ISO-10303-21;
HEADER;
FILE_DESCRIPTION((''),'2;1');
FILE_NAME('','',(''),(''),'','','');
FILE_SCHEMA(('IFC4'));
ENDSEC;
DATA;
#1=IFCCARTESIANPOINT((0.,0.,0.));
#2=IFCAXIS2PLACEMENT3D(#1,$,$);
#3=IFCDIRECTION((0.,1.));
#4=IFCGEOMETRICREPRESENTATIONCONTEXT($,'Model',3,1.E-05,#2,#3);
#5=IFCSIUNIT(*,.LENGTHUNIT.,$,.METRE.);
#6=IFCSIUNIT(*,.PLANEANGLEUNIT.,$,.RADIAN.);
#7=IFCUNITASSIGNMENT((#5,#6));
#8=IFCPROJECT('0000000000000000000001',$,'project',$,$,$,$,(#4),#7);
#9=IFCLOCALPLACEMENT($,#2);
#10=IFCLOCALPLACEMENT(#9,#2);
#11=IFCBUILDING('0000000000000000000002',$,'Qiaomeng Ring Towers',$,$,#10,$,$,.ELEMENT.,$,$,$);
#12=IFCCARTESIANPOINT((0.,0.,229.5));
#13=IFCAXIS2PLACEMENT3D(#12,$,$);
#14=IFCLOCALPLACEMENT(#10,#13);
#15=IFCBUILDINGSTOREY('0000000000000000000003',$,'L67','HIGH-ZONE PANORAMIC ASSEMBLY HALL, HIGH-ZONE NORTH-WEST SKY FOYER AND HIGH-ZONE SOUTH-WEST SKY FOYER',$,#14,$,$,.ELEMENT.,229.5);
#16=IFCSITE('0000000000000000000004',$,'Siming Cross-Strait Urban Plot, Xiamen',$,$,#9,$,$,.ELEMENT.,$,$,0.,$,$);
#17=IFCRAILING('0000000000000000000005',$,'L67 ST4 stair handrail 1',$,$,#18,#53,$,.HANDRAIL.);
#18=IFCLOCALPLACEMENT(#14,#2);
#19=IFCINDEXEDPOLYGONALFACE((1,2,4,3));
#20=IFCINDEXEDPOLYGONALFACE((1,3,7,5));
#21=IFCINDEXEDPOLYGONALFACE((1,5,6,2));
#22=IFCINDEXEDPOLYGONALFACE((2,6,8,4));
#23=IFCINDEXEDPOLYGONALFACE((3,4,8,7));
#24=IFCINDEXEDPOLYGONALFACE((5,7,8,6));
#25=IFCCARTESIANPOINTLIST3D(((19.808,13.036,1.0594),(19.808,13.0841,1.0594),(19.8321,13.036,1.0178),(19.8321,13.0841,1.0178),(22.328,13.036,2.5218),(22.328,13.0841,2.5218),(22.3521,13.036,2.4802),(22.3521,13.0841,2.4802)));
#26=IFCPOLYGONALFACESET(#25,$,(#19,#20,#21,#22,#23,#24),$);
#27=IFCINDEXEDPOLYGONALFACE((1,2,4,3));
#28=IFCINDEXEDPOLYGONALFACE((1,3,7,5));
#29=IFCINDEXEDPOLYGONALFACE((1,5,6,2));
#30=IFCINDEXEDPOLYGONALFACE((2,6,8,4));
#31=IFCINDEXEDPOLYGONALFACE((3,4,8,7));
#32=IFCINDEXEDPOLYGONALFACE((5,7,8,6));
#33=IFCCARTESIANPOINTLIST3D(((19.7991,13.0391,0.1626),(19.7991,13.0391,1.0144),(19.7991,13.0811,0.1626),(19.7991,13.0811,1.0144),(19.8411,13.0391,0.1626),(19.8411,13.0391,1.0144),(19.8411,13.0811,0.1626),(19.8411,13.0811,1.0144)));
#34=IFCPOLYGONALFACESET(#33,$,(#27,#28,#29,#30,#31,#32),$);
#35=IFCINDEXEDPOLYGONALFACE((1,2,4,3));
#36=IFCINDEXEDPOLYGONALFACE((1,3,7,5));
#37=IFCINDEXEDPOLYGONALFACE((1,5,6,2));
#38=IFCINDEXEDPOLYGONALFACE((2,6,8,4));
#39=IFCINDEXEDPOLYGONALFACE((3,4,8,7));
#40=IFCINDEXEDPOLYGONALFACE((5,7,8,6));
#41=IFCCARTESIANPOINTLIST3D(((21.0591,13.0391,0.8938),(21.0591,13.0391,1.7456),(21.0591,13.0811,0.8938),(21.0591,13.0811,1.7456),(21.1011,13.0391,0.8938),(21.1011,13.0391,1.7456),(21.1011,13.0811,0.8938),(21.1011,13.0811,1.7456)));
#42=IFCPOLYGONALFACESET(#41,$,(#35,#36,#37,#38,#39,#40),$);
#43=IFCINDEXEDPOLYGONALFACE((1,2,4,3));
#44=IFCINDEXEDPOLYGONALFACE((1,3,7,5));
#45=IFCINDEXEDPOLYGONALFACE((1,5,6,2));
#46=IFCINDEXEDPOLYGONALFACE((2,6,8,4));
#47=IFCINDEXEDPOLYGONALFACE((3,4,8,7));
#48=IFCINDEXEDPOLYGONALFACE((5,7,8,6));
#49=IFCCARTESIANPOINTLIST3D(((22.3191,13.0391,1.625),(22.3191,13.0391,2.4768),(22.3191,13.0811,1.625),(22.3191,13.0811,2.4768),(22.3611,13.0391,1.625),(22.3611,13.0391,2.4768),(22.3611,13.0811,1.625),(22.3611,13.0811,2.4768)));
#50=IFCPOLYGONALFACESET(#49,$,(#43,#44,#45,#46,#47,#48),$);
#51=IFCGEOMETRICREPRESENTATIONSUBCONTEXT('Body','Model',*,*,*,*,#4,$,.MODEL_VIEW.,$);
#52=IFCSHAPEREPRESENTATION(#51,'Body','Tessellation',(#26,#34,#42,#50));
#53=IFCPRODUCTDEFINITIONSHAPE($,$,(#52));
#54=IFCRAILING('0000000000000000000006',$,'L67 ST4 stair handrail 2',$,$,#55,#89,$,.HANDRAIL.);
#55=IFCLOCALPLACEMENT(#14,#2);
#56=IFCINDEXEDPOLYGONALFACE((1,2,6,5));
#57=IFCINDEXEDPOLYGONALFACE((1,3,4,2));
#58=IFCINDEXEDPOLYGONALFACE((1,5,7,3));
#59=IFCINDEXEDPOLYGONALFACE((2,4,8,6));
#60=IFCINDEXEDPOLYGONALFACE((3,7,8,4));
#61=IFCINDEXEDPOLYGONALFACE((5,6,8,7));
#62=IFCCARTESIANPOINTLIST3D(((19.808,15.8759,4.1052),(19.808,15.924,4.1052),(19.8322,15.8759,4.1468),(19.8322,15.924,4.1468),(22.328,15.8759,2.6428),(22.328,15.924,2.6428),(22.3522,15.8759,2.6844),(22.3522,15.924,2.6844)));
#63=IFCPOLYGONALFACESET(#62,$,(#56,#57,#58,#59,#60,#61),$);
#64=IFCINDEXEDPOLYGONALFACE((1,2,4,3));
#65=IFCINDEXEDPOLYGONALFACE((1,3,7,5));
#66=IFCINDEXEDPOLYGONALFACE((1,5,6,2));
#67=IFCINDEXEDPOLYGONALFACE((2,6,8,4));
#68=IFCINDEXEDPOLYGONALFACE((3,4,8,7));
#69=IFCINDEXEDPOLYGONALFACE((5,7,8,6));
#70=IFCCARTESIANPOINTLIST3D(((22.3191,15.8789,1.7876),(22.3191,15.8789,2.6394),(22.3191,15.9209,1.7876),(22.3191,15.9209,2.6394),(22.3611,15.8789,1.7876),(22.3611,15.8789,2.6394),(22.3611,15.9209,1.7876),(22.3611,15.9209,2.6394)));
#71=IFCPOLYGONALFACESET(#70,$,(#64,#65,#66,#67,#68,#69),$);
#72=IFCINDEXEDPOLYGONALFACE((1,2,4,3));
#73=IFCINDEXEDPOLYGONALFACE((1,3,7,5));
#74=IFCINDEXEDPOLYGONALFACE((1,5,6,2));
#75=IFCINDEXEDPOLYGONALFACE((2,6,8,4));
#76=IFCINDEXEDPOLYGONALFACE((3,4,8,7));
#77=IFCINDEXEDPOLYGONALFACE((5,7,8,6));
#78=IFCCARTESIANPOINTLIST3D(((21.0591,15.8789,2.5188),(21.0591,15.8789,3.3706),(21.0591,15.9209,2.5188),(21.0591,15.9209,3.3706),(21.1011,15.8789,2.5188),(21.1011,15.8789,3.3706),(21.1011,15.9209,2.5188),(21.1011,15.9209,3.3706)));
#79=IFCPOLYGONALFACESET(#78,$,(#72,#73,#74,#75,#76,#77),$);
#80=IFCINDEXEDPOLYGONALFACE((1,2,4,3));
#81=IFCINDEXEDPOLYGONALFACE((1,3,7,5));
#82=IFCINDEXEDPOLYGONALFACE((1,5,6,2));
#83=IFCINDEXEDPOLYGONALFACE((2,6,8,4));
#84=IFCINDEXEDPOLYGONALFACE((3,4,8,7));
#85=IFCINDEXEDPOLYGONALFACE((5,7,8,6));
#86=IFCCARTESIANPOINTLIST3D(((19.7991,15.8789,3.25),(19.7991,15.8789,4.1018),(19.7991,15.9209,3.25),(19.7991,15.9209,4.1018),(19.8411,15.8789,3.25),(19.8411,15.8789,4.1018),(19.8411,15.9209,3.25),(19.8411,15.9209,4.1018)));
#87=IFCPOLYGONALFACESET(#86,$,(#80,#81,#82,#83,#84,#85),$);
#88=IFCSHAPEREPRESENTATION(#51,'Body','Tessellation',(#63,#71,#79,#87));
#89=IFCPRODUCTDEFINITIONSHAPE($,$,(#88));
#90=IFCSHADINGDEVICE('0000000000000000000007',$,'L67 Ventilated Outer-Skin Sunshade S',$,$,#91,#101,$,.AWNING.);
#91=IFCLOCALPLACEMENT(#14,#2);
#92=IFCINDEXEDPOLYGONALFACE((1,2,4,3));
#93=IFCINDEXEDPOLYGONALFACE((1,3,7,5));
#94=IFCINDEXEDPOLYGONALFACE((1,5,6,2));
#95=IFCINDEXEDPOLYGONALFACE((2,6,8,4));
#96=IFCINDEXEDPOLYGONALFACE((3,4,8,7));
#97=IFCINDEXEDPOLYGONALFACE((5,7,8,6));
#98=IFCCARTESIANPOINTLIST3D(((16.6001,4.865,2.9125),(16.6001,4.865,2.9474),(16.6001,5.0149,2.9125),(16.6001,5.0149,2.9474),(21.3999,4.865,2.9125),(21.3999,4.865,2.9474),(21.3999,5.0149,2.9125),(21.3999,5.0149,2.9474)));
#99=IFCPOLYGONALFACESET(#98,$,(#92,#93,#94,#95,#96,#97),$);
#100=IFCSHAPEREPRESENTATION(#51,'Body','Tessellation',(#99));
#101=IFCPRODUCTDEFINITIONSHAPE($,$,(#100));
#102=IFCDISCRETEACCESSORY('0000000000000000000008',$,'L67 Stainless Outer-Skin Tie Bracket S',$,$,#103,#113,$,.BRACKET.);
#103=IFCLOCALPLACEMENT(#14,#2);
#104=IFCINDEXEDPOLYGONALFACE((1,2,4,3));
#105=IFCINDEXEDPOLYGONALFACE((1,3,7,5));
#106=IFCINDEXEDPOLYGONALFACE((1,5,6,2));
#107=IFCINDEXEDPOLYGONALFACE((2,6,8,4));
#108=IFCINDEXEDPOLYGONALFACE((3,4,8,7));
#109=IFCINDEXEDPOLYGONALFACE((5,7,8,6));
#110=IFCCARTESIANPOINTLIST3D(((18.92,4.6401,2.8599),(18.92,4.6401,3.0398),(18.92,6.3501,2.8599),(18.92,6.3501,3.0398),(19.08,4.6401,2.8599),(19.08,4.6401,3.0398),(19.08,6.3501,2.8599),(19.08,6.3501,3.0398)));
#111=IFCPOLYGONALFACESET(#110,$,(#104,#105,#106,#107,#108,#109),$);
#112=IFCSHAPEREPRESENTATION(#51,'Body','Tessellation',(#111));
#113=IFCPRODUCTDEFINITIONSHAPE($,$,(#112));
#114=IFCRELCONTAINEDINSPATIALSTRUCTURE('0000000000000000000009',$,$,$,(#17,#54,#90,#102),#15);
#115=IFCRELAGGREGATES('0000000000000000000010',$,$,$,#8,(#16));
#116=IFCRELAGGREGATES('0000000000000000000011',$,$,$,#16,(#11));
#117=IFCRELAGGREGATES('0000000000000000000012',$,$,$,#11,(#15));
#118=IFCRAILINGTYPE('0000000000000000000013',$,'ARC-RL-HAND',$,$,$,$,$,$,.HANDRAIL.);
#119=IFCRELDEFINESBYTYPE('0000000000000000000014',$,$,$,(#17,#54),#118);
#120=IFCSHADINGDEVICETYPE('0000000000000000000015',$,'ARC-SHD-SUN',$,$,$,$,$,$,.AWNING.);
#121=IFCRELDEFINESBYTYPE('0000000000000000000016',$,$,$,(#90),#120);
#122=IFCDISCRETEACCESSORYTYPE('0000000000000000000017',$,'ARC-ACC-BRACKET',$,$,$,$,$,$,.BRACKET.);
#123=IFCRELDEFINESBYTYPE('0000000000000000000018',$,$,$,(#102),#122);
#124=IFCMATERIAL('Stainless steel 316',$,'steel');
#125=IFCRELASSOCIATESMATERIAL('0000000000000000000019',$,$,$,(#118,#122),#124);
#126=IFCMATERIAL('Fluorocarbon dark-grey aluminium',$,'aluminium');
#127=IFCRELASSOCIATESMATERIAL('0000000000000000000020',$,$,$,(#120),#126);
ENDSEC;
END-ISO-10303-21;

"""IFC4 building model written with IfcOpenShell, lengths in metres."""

from ifc_helpers import new_model, si_unit, direction, frame, origin, origin_2d, place, context, subcontext, project, spatial, rectangle, extrude, source, transform, mapped, material, material_profile, profile_set, type_object, element, save


model = new_model("IFC4")

# Units and contexts
model_context = context("Model", 3, precision=1e-05, world=origin(), true_north=direction((0.0, 1.0)))
body_context = subcontext(model_context, "Body", "Model", "MODEL_VIEW")
ifc_project = project(units=[si_unit("LENGTHUNIT", "METRE"), si_unit("PLANEANGLEUNIT", "RADIAN")], contexts=[model_context])

# Site, building, storey
site_placement = place(None, origin())
site = spatial("IfcSite", under=ifc_project, at=site_placement, Name="Siming Cross-Strait Urban Plot, Xiamen", CompositionType="ELEMENT", RefElevation=0.0)
building_placement = place(site_placement, origin())
building = spatial("IfcBuilding", under=site, at=building_placement, Name="Qiaomeng Ring Towers", CompositionType="ELEMENT")
storey_placement = place(building_placement, frame((0.0, 0.0, 229.5)))
storey = spatial("IfcBuildingStorey", under=building, at=storey_placement, Name="L67", Description="HIGH-ZONE PANORAMIC ASSEMBLY HALL, HIGH-ZONE NORTH-WEST SKY FOYER AND HIGH-ZONE SOUTH-WEST SKY FOYER", CompositionType="ELEMENT", Elevation=229.5)

# Shared definitions
ifc_material_1 = material(Name="Fluorocarbon dark-grey aluminium", Category="aluminium")

# Railings
ifc_material_2 = material(Name="Stainless steel 316", Category="steel")
railing_type_1 = type_object("IfcRailingType", Name="ARC-RL-HAND", PredefinedType="HANDRAIL", material=ifc_material_2)
railing_1_placement = place(storey_placement, frame((19.8201, 13.0601, 0.1626)))
element("IfcRailing", 1, at=railing_1_placement, inside=storey, type_object=railing_type_1, Name="L67 ST4 stair handrail 1", PredefinedType="HANDRAIL", context=body_context, shape_type="SweptSolid", body=[
    extrude(rectangle(XDim=0.0481, YDim=0.0481, at=origin_2d()), frame((0.0, 0.0, 0.876), z_axis=(0.864913, 0.0, 0.501921), x_axis=(0.0, 1.0, 0.0)), (0.0, 0.0, 1.0), 2.9136),
    extrude(rectangle(XDim=0.042, YDim=0.042, at=origin_2d()), origin(), (0.0, 0.0, 1.0), 0.8518),
    extrude(rectangle(XDim=0.042, YDim=0.042, at=origin_2d()), frame((1.26, 0.0, 0.7312)), (0.0, 0.0, 1.0), 0.8518),
    extrude(rectangle(XDim=0.042, YDim=0.042, at=origin_2d()), frame((2.52, 0.0, 1.4624)), (0.0, 0.0, 1.0), 0.8518),
])
railing_2_placement = place(storey_placement, frame((22.3401, 15.8999, 1.7876)))
element("IfcRailing", 2, at=railing_2_placement, inside=storey, type_object=railing_type_1, Name="L67 ST4 stair handrail 2", PredefinedType="HANDRAIL", context=body_context, shape_type="SweptSolid", body=[
    extrude(rectangle(XDim=0.0481, YDim=0.0481, at=origin_2d()), frame((0.0, 0.0, 0.876), z_axis=(-0.864913, 0.0, 0.501921), x_axis=(0.0, -1.0, 0.0)), (0.0, 0.0, 1.0), 2.9136),
    extrude(rectangle(XDim=0.042, YDim=0.042, at=origin_2d()), origin(), (0.0, 0.0, 1.0), 0.8518),
    extrude(rectangle(XDim=0.042, YDim=0.042, at=origin_2d()), frame((-1.26, 0.0, 0.7312)), (0.0, 0.0, 1.0), 0.8518),
    extrude(rectangle(XDim=0.042, YDim=0.042, at=origin_2d()), frame((-2.52, 0.0, 1.4624)), (0.0, 0.0, 1.0), 0.8518),
])

# Shading device
ifc_material_profile_1 = material_profile(ifc_material_1, rectangle(XDim=0.1499, YDim=0.0349, at=origin_2d()), Name="LV BLADE 150x35")
ifc_profile_set_1 = profile_set([ifc_material_profile_1], Name="Fluorocarbon dark-grey aluminium")
shading_device_type = type_object("IfcShadingDeviceType", Name="ARC-SHD-SUN", PredefinedType="AWNING", material=ifc_profile_set_1)
shared_shape_1 = source(origin(), body_context, "Body", "SweptSolid", [
    extrude(rectangle(XDim=0.1499, YDim=0.0349, at=origin_2d()), origin(), (0.0, 0.0, 1.0), 4.7998),
])
shading_device_placement = place(storey_placement, frame((16.6001, 4.9399, 2.9299), z_axis=(1.0, 0.0, 0.0), x_axis=(0.0, 1.0, 0.0)))
element("IfcShadingDevice", 3, at=shading_device_placement, inside=storey, type_object=shading_device_type, Name="L67 Ventilated Outer-Skin Sunshade S", PredefinedType="AWNING", context=body_context, shape_type="MappedRepresentation", body=[
    mapped(shared_shape_1, transform((0.0, 0.0, 0.0), x_axis=(1.0, 0.0, 0.0), y_axis=(0.0, 1.0, 0.0), z_axis=(0.0, 0.0, 1.0), scale=1.0)),
])

# Discrete accessory
discrete_accessory_type = type_object("IfcDiscreteAccessoryType", Name="ARC-ACC-BRACKET", PredefinedType="BRACKET", material=ifc_material_2)
shared_shape_2 = source(origin(), body_context, "Body", "SweptSolid", [
    extrude(rectangle(XDim=0.1599, YDim=1.71, at=origin_2d()), origin(), (0.0, 0.0, 1.0), 0.1799),
])
discrete_accessory_placement = place(storey_placement, frame((19.0, 5.4951, 2.8599), z_axis=(0.0, 0.0, 1.0), x_axis=(1.0, 0.0, 0.0)))
element("IfcDiscreteAccessory", 4, at=discrete_accessory_placement, inside=storey, type_object=discrete_accessory_type, Name="L67 Stainless Outer-Skin Tie Bracket S", PredefinedType="BRACKET", context=body_context, shape_type="MappedRepresentation", body=[
    mapped(shared_shape_2, transform((0.0, 0.0, 0.0), x_axis=(1.0, 0.0, 0.0), y_axis=(0.0, 1.0, 0.0), z_axis=(0.0, 0.0, 1.0), scale=1.0)),
])

save(model, "model.ifc")
